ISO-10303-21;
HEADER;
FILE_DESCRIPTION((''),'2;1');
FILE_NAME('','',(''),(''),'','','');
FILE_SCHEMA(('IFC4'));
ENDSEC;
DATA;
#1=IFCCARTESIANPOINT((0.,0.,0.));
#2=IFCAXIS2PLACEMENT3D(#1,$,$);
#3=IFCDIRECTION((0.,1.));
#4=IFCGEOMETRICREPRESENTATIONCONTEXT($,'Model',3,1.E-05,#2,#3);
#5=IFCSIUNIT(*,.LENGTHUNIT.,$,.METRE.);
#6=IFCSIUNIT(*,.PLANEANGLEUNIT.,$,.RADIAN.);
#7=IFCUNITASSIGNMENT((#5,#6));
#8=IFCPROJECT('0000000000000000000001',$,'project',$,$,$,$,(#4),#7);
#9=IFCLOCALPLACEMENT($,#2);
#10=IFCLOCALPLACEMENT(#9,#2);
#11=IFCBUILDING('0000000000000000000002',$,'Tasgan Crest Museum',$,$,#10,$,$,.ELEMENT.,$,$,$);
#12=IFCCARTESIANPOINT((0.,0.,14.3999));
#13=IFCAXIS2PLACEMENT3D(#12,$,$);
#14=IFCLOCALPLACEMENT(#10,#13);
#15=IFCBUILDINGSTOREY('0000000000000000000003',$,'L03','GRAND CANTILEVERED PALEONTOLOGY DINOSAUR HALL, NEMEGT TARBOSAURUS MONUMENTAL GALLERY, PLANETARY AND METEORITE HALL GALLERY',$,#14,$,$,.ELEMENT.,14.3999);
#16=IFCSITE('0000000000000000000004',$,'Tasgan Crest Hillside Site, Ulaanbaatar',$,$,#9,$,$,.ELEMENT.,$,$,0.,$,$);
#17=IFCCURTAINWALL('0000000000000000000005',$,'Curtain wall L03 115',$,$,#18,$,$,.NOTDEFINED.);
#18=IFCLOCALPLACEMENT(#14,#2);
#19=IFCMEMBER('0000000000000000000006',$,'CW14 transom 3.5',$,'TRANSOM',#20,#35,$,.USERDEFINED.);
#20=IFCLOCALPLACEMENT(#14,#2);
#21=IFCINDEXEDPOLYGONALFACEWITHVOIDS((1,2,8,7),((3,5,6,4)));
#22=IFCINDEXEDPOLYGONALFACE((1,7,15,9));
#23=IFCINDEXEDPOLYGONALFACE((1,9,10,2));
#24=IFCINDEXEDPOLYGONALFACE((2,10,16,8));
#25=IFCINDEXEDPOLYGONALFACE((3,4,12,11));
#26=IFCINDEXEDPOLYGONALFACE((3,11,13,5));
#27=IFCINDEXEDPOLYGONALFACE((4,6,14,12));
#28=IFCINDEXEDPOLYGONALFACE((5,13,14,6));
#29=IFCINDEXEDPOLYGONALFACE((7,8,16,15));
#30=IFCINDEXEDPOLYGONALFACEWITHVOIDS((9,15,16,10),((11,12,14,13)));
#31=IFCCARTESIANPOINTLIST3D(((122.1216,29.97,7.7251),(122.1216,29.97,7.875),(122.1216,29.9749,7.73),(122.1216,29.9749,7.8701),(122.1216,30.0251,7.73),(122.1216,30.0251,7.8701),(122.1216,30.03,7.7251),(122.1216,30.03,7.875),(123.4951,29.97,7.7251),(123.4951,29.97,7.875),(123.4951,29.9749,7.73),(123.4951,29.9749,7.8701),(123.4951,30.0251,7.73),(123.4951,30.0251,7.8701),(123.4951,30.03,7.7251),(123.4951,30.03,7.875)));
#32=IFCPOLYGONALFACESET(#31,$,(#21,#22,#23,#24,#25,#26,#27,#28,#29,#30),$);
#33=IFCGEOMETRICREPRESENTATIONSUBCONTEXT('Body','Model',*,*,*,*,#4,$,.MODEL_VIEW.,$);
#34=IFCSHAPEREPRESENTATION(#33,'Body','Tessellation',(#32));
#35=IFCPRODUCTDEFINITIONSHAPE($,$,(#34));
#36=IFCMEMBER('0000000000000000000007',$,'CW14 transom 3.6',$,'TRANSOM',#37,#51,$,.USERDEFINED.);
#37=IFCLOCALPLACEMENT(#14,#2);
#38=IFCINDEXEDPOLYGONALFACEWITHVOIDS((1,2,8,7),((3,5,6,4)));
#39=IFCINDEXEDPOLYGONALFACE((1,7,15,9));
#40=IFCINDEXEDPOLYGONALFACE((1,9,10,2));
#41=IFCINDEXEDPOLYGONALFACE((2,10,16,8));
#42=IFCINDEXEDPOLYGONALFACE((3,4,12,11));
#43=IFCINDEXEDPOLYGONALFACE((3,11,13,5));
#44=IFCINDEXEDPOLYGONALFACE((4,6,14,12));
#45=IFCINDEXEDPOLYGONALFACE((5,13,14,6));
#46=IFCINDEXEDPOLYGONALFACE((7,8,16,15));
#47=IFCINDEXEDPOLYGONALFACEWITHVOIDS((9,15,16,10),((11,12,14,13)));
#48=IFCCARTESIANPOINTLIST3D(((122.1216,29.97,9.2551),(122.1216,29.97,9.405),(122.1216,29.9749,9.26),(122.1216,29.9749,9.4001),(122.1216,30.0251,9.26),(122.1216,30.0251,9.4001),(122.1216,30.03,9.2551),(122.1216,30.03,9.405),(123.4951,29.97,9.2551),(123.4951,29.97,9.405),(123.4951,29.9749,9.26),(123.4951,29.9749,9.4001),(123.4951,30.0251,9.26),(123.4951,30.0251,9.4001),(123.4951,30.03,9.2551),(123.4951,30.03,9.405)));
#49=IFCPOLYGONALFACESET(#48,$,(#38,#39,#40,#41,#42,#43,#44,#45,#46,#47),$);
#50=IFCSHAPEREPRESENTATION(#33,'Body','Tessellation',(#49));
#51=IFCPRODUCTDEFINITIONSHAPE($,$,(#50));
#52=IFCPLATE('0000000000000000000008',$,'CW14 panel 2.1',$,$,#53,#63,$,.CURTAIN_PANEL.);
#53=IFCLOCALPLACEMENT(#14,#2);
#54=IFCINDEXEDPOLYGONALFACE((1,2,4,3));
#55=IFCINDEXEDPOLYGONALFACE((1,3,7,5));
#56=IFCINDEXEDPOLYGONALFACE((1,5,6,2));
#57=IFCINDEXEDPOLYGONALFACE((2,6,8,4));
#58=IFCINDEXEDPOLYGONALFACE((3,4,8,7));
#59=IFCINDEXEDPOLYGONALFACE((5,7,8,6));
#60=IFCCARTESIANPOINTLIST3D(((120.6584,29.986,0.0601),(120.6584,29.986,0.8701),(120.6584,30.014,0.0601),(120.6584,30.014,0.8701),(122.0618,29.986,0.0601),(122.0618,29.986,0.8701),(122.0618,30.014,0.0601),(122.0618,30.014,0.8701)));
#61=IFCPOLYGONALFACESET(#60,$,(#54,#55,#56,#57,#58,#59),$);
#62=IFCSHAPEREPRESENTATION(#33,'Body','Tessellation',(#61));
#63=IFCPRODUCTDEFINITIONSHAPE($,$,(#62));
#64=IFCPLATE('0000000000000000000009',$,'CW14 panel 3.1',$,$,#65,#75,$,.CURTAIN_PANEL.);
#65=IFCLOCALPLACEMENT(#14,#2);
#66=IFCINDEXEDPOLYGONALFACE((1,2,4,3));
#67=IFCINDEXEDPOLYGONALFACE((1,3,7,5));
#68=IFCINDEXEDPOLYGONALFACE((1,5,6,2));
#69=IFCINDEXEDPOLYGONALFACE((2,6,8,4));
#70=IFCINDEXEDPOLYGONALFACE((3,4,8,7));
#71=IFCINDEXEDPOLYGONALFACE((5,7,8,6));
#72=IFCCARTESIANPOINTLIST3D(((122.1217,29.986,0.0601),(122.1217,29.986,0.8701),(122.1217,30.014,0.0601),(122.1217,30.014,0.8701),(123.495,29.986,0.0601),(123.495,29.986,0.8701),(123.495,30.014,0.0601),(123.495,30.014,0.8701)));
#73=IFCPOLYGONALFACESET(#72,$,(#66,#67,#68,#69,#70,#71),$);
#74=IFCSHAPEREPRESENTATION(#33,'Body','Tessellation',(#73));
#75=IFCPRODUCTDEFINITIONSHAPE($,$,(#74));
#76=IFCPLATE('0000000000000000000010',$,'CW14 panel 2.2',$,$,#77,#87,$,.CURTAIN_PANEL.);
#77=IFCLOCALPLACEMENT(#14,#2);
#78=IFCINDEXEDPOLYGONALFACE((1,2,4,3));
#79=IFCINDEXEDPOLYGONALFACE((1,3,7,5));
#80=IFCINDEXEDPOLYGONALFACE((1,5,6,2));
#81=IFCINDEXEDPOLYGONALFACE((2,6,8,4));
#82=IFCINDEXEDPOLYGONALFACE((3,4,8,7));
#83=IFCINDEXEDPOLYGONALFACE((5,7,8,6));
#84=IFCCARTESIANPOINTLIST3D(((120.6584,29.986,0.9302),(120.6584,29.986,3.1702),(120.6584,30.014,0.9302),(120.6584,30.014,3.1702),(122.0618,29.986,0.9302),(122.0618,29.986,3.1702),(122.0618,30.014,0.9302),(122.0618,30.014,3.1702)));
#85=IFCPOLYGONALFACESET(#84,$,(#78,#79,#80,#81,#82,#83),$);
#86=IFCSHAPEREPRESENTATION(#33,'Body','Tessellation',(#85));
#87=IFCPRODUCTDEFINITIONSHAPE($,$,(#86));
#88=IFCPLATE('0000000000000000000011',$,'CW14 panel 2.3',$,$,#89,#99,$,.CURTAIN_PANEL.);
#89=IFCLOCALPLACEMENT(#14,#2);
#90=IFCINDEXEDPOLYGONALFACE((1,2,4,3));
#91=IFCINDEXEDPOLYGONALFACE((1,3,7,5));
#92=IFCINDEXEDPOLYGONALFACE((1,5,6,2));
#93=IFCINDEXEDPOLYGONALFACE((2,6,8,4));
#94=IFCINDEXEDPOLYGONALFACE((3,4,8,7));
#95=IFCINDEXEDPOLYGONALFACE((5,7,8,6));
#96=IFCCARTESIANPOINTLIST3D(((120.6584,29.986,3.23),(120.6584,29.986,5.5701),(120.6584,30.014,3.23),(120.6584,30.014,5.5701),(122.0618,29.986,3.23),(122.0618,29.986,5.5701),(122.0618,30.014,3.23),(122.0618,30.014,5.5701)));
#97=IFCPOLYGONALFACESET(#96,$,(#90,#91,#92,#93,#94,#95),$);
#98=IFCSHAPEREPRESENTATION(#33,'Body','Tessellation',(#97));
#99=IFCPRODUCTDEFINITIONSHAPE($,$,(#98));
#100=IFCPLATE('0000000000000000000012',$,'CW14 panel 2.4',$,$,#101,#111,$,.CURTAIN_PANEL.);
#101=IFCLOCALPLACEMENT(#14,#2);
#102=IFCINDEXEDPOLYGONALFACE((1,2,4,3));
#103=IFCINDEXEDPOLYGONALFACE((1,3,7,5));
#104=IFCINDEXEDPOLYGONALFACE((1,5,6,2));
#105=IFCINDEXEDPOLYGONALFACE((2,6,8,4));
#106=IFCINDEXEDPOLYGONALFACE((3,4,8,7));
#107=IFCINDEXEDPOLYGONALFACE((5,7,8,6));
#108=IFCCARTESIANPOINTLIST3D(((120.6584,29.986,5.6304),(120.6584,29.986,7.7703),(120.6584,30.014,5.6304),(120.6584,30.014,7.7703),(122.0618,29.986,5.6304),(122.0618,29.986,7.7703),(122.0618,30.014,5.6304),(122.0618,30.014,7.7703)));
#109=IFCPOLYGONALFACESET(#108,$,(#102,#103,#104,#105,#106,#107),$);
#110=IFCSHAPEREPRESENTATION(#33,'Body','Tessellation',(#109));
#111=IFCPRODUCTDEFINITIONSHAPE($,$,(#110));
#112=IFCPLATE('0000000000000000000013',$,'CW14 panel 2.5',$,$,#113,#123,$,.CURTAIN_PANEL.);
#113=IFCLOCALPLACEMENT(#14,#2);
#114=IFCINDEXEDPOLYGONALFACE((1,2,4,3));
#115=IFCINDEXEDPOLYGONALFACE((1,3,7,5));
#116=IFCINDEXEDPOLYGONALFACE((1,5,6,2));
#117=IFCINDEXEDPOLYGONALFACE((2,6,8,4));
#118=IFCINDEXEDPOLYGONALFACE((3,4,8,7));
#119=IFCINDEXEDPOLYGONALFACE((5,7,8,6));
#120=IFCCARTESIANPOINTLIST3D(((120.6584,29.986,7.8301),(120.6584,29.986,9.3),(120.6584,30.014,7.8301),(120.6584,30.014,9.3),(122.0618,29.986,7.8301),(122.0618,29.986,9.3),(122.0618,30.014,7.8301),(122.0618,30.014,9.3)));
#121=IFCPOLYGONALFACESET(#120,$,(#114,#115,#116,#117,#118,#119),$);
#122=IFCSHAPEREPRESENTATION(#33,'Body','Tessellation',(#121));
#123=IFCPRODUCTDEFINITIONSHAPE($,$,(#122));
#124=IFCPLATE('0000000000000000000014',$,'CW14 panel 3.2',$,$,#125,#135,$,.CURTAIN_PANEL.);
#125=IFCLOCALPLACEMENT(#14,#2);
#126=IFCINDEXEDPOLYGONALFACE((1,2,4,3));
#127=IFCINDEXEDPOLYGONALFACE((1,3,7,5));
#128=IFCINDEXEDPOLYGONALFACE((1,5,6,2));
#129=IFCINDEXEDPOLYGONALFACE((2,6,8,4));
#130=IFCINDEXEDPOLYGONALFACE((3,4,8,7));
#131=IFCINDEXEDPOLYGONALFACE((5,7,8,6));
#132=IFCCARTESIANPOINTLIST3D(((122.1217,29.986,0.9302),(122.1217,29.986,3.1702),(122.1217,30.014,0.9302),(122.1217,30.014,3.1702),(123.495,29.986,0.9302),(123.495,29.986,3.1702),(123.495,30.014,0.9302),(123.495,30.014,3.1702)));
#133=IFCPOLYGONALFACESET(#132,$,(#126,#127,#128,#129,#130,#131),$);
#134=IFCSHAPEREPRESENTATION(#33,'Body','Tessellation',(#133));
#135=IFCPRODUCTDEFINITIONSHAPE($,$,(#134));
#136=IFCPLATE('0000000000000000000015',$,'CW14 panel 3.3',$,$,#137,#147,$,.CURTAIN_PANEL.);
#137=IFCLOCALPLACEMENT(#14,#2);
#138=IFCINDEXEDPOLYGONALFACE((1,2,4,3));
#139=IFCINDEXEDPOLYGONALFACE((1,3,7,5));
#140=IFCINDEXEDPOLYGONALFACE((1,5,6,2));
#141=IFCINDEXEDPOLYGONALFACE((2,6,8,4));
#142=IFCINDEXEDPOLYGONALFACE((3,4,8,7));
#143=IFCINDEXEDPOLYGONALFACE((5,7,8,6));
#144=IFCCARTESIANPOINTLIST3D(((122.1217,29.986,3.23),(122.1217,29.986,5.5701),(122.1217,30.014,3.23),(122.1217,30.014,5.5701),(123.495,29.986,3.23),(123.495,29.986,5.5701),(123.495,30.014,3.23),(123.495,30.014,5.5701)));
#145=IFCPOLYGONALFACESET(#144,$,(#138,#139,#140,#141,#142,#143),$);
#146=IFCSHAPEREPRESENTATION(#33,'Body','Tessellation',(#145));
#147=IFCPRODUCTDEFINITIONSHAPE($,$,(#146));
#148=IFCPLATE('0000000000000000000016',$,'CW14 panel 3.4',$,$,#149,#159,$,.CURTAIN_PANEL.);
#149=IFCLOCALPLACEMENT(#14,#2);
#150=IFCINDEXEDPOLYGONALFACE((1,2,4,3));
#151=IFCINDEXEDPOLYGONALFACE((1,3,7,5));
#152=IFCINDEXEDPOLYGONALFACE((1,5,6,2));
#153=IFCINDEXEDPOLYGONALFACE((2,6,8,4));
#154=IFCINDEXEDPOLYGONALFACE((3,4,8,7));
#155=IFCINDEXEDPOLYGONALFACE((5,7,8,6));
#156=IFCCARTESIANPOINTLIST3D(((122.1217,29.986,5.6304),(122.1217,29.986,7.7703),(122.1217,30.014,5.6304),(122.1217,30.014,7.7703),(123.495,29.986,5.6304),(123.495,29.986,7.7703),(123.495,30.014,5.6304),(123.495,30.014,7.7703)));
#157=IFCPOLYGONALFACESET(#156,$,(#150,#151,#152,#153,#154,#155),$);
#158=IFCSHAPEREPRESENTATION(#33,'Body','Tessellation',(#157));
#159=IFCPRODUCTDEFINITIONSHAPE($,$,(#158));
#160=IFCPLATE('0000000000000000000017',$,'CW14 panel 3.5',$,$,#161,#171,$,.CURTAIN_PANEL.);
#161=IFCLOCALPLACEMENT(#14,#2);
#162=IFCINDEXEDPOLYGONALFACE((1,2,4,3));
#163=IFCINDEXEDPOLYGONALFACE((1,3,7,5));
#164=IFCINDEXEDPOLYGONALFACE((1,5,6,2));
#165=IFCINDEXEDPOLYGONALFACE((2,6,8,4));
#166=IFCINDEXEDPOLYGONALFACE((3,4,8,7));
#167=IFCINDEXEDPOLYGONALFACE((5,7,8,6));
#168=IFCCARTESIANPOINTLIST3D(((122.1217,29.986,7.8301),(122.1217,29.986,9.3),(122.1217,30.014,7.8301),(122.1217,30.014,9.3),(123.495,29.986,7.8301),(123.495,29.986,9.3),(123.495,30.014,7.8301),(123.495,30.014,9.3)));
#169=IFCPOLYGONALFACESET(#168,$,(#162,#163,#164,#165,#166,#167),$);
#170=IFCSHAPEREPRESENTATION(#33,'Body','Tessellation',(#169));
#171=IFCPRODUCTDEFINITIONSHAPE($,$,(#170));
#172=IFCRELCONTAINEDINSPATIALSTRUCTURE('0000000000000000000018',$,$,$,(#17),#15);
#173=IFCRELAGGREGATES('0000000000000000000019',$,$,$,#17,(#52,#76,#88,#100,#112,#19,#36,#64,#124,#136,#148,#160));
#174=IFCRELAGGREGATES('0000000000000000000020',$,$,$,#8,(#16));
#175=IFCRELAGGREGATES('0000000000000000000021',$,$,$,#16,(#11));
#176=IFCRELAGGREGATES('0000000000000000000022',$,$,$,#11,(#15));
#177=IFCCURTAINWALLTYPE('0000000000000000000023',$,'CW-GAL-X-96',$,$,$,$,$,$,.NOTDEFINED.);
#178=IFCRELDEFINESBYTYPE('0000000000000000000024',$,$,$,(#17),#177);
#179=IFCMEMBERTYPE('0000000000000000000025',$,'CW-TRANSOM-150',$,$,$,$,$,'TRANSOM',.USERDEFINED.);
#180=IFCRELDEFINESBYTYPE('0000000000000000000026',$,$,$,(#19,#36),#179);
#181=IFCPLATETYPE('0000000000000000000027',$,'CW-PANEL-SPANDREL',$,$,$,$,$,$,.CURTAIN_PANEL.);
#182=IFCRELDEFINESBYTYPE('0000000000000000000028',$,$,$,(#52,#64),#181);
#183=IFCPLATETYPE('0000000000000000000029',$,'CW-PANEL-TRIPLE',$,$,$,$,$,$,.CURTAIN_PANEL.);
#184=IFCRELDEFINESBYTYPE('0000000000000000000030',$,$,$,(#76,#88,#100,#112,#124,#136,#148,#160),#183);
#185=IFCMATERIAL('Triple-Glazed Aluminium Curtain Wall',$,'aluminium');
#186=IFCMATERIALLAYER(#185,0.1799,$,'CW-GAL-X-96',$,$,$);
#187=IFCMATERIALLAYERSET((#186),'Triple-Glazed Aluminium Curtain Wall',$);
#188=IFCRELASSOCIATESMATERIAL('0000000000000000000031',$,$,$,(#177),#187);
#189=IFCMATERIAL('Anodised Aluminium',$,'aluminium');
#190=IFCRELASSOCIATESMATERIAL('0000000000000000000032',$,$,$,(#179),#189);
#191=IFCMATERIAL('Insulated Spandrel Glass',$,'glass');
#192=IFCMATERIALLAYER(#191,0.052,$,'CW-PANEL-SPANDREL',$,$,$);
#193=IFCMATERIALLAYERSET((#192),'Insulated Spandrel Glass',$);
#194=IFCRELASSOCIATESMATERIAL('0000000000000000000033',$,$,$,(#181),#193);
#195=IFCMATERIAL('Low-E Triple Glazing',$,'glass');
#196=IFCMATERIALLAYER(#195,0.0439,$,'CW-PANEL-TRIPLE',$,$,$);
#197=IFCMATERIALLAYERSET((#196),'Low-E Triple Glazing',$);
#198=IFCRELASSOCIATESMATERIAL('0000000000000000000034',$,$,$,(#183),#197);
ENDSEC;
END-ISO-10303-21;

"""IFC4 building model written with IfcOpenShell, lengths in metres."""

from ifc_helpers import new_model, si_unit, direction, frame, origin, origin_2d, place, context, subcontext, project, spatial, rectangle, hollow_rectangle, extrude, material, layer, layer_set, material_profile, profile_set, type_object, element, aggregate, save


model = new_model("IFC4")

# Units and contexts
model_context = context("Model", 3, precision=1e-05, world=origin(), true_north=direction((0.0, 1.0)))
body_context = subcontext(model_context, "Body", "Model", "MODEL_VIEW")
ifc_project = project(units=[si_unit("LENGTHUNIT", "METRE"), si_unit("PLANEANGLEUNIT", "RADIAN")], contexts=[model_context])

# Site, building, storey
site_placement = place(None, origin())
site = spatial("IfcSite", under=ifc_project, at=site_placement, Name="Tasgan Crest Hillside Site, Ulaanbaatar", CompositionType="ELEMENT", RefElevation=0.0)
building_placement = place(site_placement, origin())
building = spatial("IfcBuilding", under=site, at=building_placement, Name="Tasgan Crest Museum", CompositionType="ELEMENT")
storey_placement = place(building_placement, frame((0.0, 0.0, 14.3999)))
storey = spatial("IfcBuildingStorey", under=building, at=storey_placement, Name="L03", Description="GRAND CANTILEVERED PALEONTOLOGY DINOSAUR HALL, NEMEGT TARBOSAURUS MONUMENTAL GALLERY, PLANETARY AND METEORITE HALL GALLERY", CompositionType="ELEMENT", Elevation=14.3999)

# Curtain wall, members, plates
ifc_material_1 = material(Name="Triple-Glazed Aluminium Curtain Wall", Category="aluminium")
ifc_layer_1 = layer(ifc_material_1, 0.1799, Name="CW-GAL-X-96")
ifc_layer_set_1 = layer_set([ifc_layer_1], Name="Triple-Glazed Aluminium Curtain Wall")
curtain_wall_type = type_object("IfcCurtainWallType", Name="CW-GAL-X-96", PredefinedType="NOTDEFINED", material=ifc_layer_set_1)
curtain_wall_placement = place(storey_placement, origin())
curtain_wall = element("IfcCurtainWall", 1, at=curtain_wall_placement, inside=storey, type_object=curtain_wall_type, Name="Curtain wall L03 115", PredefinedType="NOTDEFINED")
ifc_material_2 = material(Name="Anodised Aluminium", Category="aluminium")
ifc_material_profile_1 = material_profile(ifc_material_2, hollow_rectangle(XDim=0.0601, YDim=0.1499, WallThickness=0.0049, at=origin_2d()), Name="ALU TRANSOM 150x60x5")
ifc_profile_set_1 = profile_set([ifc_material_profile_1], Name="Anodised Aluminium")
member_type_1 = type_object("IfcMemberType", Name="CW-TRANSOM-150", ElementType="TRANSOM", PredefinedType="USERDEFINED", material=ifc_profile_set_1)
member_1_placement = place(storey_placement, frame((122.1216, 30.0, 7.8), z_axis=(1.0, 0.0, 0.0), x_axis=(0.0, 1.0, 0.0)))
member_1 = element("IfcMember", 2, at=member_1_placement, type_object=member_type_1, Name="CW14 transom 3.5", ObjectType="TRANSOM", PredefinedType="USERDEFINED", context=body_context, shape_type="SweptSolid", body=[
    extrude(hollow_rectangle(XDim=0.0601, YDim=0.1499, WallThickness=0.0049, at=origin_2d()), origin(), (0.0, 0.0, 1.0), 1.3735),
])
member_2_placement = place(storey_placement, frame((122.1216, 30.0, 9.3301), z_axis=(1.0, 0.0, 0.0), x_axis=(0.0, 1.0, 0.0)))
member_2 = element("IfcMember", 3, at=member_2_placement, type_object=member_type_1, Name="CW14 transom 3.6", ObjectType="TRANSOM", PredefinedType="USERDEFINED", context=body_context, shape_type="SweptSolid", body=[
    extrude(hollow_rectangle(XDim=0.0601, YDim=0.1499, WallThickness=0.0049, at=origin_2d()), origin(), (0.0, 0.0, 1.0), 1.3735),
])
ifc_material_3 = material(Name="Insulated Spandrel Glass", Category="glass")
ifc_layer_2 = layer(ifc_material_3, 0.052, Name="CW-PANEL-SPANDREL")
ifc_layer_set_2 = layer_set([ifc_layer_2], Name="Insulated Spandrel Glass")
plate_type_1 = type_object("IfcPlateType", Name="CW-PANEL-SPANDREL", PredefinedType="CURTAIN_PANEL", material=ifc_layer_set_2)
plate_1_placement = place(storey_placement, frame((121.3601, 30.0, 0.0601), z_axis=(0.0, 0.0, 1.0), x_axis=(1.0, 0.0, 0.0)))
plate_1 = element("IfcPlate", 4, at=plate_1_placement, type_object=plate_type_1, Name="CW14 panel 2.1", PredefinedType="CURTAIN_PANEL", context=body_context, shape_type="SweptSolid", body=[
    extrude(rectangle(XDim=1.4033, YDim=0.0281, at=origin_2d()), origin(), (0.0, 0.0, 1.0), 0.8101),
])
plate_2_placement = place(storey_placement, frame((122.8083, 30.0, 0.0601), z_axis=(0.0, 0.0, 1.0), x_axis=(1.0, 0.0, 0.0)))
plate_2 = element("IfcPlate", 5, at=plate_2_placement, type_object=plate_type_1, Name="CW14 panel 3.1", PredefinedType="CURTAIN_PANEL", context=body_context, shape_type="SweptSolid", body=[
    extrude(rectangle(XDim=1.3733, YDim=0.0281, at=origin_2d()), origin(), (0.0, 0.0, 1.0), 0.8101),
])
ifc_material_4 = material(Name="Low-E Triple Glazing", Category="glass")
ifc_layer_3 = layer(ifc_material_4, 0.0439, Name="CW-PANEL-TRIPLE")
ifc_layer_set_3 = layer_set([ifc_layer_3], Name="Low-E Triple Glazing")
plate_type_2 = type_object("IfcPlateType", Name="CW-PANEL-TRIPLE", PredefinedType="CURTAIN_PANEL", material=ifc_layer_set_3)
plate_3_placement = place(storey_placement, frame((121.3601, 30.0, 0.9302), z_axis=(0.0, 0.0, 1.0), x_axis=(1.0, 0.0, 0.0)))
plate_3 = element("IfcPlate", 6, at=plate_3_placement, type_object=plate_type_2, Name="CW14 panel 2.2", PredefinedType="CURTAIN_PANEL", context=body_context, shape_type="SweptSolid", body=[
    extrude(rectangle(XDim=1.4033, YDim=0.0281, at=origin_2d()), origin(), (0.0, 0.0, 1.0), 2.24),
])
plate_4_placement = place(storey_placement, frame((121.3601, 30.0, 3.23), z_axis=(0.0, 0.0, 1.0), x_axis=(1.0, 0.0, 0.0)))
plate_4 = element("IfcPlate", 7, at=plate_4_placement, type_object=plate_type_2, Name="CW14 panel 2.3", PredefinedType="CURTAIN_PANEL", context=body_context, shape_type="SweptSolid", body=[
    extrude(rectangle(XDim=1.4033, YDim=0.0281, at=origin_2d()), origin(), (0.0, 0.0, 1.0), 2.3401),
])
plate_5_placement = place(storey_placement, frame((121.3601, 30.0, 5.6304), z_axis=(0.0, 0.0, 1.0), x_axis=(1.0, 0.0, 0.0)))
plate_5 = element("IfcPlate", 8, at=plate_5_placement, type_object=plate_type_2, Name="CW14 panel 2.4", PredefinedType="CURTAIN_PANEL", context=body_context, shape_type="SweptSolid", body=[
    extrude(rectangle(XDim=1.4033, YDim=0.0281, at=origin_2d()), origin(), (0.0, 0.0, 1.0), 2.1399),
])
plate_6_placement = place(storey_placement, frame((121.3601, 30.0, 7.8301), z_axis=(0.0, 0.0, 1.0), x_axis=(1.0, 0.0, 0.0)))
plate_6 = element("IfcPlate", 9, at=plate_6_placement, type_object=plate_type_2, Name="CW14 panel 2.5", PredefinedType="CURTAIN_PANEL", context=body_context, shape_type="SweptSolid", body=[
    extrude(rectangle(XDim=1.4033, YDim=0.0281, at=origin_2d()), origin(), (0.0, 0.0, 1.0), 1.47),
])
plate_7_placement = place(storey_placement, frame((122.8083, 30.0, 0.9302), z_axis=(0.0, 0.0, 1.0), x_axis=(1.0, 0.0, 0.0)))
plate_7 = element("IfcPlate", 10, at=plate_7_placement, type_object=plate_type_2, Name="CW14 panel 3.2", PredefinedType="CURTAIN_PANEL", context=body_context, shape_type="SweptSolid", body=[
    extrude(rectangle(XDim=1.3733, YDim=0.0281, at=origin_2d()), origin(), (0.0, 0.0, 1.0), 2.24),
])
plate_8_placement = place(storey_placement, frame((122.8083, 30.0, 3.23), z_axis=(0.0, 0.0, 1.0), x_axis=(1.0, 0.0, 0.0)))
plate_8 = element("IfcPlate", 11, at=plate_8_placement, type_object=plate_type_2, Name="CW14 panel 3.3", PredefinedType="CURTAIN_PANEL", context=body_context, shape_type="SweptSolid", body=[
    extrude(rectangle(XDim=1.3733, YDim=0.0281, at=origin_2d()), origin(), (0.0, 0.0, 1.0), 2.3401),
])
plate_9_placement = place(storey_placement, frame((122.8083, 30.0, 5.6304), z_axis=(0.0, 0.0, 1.0), x_axis=(1.0, 0.0, 0.0)))
plate_9 = element("IfcPlate", 12, at=plate_9_placement, type_object=plate_type_2, Name="CW14 panel 3.4", PredefinedType="CURTAIN_PANEL", context=body_context, shape_type="SweptSolid", body=[
    extrude(rectangle(XDim=1.3733, YDim=0.0281, at=origin_2d()), origin(), (0.0, 0.0, 1.0), 2.1399),
])
plate_10_placement = place(storey_placement, frame((122.8083, 30.0, 7.8301), z_axis=(0.0, 0.0, 1.0), x_axis=(1.0, 0.0, 0.0)))
plate_10 = element("IfcPlate", 13, at=plate_10_placement, type_object=plate_type_2, Name="CW14 panel 3.5", PredefinedType="CURTAIN_PANEL", context=body_context, shape_type="SweptSolid", body=[
    extrude(rectangle(XDim=1.3733, YDim=0.0281, at=origin_2d()), origin(), (0.0, 0.0, 1.0), 1.47),
])
aggregate(curtain_wall, [plate_1, plate_3, plate_4, plate_5, plate_6, member_1, member_2, plate_2, plate_7, plate_8, plate_9, plate_10])

save(model, "model.ifc")
